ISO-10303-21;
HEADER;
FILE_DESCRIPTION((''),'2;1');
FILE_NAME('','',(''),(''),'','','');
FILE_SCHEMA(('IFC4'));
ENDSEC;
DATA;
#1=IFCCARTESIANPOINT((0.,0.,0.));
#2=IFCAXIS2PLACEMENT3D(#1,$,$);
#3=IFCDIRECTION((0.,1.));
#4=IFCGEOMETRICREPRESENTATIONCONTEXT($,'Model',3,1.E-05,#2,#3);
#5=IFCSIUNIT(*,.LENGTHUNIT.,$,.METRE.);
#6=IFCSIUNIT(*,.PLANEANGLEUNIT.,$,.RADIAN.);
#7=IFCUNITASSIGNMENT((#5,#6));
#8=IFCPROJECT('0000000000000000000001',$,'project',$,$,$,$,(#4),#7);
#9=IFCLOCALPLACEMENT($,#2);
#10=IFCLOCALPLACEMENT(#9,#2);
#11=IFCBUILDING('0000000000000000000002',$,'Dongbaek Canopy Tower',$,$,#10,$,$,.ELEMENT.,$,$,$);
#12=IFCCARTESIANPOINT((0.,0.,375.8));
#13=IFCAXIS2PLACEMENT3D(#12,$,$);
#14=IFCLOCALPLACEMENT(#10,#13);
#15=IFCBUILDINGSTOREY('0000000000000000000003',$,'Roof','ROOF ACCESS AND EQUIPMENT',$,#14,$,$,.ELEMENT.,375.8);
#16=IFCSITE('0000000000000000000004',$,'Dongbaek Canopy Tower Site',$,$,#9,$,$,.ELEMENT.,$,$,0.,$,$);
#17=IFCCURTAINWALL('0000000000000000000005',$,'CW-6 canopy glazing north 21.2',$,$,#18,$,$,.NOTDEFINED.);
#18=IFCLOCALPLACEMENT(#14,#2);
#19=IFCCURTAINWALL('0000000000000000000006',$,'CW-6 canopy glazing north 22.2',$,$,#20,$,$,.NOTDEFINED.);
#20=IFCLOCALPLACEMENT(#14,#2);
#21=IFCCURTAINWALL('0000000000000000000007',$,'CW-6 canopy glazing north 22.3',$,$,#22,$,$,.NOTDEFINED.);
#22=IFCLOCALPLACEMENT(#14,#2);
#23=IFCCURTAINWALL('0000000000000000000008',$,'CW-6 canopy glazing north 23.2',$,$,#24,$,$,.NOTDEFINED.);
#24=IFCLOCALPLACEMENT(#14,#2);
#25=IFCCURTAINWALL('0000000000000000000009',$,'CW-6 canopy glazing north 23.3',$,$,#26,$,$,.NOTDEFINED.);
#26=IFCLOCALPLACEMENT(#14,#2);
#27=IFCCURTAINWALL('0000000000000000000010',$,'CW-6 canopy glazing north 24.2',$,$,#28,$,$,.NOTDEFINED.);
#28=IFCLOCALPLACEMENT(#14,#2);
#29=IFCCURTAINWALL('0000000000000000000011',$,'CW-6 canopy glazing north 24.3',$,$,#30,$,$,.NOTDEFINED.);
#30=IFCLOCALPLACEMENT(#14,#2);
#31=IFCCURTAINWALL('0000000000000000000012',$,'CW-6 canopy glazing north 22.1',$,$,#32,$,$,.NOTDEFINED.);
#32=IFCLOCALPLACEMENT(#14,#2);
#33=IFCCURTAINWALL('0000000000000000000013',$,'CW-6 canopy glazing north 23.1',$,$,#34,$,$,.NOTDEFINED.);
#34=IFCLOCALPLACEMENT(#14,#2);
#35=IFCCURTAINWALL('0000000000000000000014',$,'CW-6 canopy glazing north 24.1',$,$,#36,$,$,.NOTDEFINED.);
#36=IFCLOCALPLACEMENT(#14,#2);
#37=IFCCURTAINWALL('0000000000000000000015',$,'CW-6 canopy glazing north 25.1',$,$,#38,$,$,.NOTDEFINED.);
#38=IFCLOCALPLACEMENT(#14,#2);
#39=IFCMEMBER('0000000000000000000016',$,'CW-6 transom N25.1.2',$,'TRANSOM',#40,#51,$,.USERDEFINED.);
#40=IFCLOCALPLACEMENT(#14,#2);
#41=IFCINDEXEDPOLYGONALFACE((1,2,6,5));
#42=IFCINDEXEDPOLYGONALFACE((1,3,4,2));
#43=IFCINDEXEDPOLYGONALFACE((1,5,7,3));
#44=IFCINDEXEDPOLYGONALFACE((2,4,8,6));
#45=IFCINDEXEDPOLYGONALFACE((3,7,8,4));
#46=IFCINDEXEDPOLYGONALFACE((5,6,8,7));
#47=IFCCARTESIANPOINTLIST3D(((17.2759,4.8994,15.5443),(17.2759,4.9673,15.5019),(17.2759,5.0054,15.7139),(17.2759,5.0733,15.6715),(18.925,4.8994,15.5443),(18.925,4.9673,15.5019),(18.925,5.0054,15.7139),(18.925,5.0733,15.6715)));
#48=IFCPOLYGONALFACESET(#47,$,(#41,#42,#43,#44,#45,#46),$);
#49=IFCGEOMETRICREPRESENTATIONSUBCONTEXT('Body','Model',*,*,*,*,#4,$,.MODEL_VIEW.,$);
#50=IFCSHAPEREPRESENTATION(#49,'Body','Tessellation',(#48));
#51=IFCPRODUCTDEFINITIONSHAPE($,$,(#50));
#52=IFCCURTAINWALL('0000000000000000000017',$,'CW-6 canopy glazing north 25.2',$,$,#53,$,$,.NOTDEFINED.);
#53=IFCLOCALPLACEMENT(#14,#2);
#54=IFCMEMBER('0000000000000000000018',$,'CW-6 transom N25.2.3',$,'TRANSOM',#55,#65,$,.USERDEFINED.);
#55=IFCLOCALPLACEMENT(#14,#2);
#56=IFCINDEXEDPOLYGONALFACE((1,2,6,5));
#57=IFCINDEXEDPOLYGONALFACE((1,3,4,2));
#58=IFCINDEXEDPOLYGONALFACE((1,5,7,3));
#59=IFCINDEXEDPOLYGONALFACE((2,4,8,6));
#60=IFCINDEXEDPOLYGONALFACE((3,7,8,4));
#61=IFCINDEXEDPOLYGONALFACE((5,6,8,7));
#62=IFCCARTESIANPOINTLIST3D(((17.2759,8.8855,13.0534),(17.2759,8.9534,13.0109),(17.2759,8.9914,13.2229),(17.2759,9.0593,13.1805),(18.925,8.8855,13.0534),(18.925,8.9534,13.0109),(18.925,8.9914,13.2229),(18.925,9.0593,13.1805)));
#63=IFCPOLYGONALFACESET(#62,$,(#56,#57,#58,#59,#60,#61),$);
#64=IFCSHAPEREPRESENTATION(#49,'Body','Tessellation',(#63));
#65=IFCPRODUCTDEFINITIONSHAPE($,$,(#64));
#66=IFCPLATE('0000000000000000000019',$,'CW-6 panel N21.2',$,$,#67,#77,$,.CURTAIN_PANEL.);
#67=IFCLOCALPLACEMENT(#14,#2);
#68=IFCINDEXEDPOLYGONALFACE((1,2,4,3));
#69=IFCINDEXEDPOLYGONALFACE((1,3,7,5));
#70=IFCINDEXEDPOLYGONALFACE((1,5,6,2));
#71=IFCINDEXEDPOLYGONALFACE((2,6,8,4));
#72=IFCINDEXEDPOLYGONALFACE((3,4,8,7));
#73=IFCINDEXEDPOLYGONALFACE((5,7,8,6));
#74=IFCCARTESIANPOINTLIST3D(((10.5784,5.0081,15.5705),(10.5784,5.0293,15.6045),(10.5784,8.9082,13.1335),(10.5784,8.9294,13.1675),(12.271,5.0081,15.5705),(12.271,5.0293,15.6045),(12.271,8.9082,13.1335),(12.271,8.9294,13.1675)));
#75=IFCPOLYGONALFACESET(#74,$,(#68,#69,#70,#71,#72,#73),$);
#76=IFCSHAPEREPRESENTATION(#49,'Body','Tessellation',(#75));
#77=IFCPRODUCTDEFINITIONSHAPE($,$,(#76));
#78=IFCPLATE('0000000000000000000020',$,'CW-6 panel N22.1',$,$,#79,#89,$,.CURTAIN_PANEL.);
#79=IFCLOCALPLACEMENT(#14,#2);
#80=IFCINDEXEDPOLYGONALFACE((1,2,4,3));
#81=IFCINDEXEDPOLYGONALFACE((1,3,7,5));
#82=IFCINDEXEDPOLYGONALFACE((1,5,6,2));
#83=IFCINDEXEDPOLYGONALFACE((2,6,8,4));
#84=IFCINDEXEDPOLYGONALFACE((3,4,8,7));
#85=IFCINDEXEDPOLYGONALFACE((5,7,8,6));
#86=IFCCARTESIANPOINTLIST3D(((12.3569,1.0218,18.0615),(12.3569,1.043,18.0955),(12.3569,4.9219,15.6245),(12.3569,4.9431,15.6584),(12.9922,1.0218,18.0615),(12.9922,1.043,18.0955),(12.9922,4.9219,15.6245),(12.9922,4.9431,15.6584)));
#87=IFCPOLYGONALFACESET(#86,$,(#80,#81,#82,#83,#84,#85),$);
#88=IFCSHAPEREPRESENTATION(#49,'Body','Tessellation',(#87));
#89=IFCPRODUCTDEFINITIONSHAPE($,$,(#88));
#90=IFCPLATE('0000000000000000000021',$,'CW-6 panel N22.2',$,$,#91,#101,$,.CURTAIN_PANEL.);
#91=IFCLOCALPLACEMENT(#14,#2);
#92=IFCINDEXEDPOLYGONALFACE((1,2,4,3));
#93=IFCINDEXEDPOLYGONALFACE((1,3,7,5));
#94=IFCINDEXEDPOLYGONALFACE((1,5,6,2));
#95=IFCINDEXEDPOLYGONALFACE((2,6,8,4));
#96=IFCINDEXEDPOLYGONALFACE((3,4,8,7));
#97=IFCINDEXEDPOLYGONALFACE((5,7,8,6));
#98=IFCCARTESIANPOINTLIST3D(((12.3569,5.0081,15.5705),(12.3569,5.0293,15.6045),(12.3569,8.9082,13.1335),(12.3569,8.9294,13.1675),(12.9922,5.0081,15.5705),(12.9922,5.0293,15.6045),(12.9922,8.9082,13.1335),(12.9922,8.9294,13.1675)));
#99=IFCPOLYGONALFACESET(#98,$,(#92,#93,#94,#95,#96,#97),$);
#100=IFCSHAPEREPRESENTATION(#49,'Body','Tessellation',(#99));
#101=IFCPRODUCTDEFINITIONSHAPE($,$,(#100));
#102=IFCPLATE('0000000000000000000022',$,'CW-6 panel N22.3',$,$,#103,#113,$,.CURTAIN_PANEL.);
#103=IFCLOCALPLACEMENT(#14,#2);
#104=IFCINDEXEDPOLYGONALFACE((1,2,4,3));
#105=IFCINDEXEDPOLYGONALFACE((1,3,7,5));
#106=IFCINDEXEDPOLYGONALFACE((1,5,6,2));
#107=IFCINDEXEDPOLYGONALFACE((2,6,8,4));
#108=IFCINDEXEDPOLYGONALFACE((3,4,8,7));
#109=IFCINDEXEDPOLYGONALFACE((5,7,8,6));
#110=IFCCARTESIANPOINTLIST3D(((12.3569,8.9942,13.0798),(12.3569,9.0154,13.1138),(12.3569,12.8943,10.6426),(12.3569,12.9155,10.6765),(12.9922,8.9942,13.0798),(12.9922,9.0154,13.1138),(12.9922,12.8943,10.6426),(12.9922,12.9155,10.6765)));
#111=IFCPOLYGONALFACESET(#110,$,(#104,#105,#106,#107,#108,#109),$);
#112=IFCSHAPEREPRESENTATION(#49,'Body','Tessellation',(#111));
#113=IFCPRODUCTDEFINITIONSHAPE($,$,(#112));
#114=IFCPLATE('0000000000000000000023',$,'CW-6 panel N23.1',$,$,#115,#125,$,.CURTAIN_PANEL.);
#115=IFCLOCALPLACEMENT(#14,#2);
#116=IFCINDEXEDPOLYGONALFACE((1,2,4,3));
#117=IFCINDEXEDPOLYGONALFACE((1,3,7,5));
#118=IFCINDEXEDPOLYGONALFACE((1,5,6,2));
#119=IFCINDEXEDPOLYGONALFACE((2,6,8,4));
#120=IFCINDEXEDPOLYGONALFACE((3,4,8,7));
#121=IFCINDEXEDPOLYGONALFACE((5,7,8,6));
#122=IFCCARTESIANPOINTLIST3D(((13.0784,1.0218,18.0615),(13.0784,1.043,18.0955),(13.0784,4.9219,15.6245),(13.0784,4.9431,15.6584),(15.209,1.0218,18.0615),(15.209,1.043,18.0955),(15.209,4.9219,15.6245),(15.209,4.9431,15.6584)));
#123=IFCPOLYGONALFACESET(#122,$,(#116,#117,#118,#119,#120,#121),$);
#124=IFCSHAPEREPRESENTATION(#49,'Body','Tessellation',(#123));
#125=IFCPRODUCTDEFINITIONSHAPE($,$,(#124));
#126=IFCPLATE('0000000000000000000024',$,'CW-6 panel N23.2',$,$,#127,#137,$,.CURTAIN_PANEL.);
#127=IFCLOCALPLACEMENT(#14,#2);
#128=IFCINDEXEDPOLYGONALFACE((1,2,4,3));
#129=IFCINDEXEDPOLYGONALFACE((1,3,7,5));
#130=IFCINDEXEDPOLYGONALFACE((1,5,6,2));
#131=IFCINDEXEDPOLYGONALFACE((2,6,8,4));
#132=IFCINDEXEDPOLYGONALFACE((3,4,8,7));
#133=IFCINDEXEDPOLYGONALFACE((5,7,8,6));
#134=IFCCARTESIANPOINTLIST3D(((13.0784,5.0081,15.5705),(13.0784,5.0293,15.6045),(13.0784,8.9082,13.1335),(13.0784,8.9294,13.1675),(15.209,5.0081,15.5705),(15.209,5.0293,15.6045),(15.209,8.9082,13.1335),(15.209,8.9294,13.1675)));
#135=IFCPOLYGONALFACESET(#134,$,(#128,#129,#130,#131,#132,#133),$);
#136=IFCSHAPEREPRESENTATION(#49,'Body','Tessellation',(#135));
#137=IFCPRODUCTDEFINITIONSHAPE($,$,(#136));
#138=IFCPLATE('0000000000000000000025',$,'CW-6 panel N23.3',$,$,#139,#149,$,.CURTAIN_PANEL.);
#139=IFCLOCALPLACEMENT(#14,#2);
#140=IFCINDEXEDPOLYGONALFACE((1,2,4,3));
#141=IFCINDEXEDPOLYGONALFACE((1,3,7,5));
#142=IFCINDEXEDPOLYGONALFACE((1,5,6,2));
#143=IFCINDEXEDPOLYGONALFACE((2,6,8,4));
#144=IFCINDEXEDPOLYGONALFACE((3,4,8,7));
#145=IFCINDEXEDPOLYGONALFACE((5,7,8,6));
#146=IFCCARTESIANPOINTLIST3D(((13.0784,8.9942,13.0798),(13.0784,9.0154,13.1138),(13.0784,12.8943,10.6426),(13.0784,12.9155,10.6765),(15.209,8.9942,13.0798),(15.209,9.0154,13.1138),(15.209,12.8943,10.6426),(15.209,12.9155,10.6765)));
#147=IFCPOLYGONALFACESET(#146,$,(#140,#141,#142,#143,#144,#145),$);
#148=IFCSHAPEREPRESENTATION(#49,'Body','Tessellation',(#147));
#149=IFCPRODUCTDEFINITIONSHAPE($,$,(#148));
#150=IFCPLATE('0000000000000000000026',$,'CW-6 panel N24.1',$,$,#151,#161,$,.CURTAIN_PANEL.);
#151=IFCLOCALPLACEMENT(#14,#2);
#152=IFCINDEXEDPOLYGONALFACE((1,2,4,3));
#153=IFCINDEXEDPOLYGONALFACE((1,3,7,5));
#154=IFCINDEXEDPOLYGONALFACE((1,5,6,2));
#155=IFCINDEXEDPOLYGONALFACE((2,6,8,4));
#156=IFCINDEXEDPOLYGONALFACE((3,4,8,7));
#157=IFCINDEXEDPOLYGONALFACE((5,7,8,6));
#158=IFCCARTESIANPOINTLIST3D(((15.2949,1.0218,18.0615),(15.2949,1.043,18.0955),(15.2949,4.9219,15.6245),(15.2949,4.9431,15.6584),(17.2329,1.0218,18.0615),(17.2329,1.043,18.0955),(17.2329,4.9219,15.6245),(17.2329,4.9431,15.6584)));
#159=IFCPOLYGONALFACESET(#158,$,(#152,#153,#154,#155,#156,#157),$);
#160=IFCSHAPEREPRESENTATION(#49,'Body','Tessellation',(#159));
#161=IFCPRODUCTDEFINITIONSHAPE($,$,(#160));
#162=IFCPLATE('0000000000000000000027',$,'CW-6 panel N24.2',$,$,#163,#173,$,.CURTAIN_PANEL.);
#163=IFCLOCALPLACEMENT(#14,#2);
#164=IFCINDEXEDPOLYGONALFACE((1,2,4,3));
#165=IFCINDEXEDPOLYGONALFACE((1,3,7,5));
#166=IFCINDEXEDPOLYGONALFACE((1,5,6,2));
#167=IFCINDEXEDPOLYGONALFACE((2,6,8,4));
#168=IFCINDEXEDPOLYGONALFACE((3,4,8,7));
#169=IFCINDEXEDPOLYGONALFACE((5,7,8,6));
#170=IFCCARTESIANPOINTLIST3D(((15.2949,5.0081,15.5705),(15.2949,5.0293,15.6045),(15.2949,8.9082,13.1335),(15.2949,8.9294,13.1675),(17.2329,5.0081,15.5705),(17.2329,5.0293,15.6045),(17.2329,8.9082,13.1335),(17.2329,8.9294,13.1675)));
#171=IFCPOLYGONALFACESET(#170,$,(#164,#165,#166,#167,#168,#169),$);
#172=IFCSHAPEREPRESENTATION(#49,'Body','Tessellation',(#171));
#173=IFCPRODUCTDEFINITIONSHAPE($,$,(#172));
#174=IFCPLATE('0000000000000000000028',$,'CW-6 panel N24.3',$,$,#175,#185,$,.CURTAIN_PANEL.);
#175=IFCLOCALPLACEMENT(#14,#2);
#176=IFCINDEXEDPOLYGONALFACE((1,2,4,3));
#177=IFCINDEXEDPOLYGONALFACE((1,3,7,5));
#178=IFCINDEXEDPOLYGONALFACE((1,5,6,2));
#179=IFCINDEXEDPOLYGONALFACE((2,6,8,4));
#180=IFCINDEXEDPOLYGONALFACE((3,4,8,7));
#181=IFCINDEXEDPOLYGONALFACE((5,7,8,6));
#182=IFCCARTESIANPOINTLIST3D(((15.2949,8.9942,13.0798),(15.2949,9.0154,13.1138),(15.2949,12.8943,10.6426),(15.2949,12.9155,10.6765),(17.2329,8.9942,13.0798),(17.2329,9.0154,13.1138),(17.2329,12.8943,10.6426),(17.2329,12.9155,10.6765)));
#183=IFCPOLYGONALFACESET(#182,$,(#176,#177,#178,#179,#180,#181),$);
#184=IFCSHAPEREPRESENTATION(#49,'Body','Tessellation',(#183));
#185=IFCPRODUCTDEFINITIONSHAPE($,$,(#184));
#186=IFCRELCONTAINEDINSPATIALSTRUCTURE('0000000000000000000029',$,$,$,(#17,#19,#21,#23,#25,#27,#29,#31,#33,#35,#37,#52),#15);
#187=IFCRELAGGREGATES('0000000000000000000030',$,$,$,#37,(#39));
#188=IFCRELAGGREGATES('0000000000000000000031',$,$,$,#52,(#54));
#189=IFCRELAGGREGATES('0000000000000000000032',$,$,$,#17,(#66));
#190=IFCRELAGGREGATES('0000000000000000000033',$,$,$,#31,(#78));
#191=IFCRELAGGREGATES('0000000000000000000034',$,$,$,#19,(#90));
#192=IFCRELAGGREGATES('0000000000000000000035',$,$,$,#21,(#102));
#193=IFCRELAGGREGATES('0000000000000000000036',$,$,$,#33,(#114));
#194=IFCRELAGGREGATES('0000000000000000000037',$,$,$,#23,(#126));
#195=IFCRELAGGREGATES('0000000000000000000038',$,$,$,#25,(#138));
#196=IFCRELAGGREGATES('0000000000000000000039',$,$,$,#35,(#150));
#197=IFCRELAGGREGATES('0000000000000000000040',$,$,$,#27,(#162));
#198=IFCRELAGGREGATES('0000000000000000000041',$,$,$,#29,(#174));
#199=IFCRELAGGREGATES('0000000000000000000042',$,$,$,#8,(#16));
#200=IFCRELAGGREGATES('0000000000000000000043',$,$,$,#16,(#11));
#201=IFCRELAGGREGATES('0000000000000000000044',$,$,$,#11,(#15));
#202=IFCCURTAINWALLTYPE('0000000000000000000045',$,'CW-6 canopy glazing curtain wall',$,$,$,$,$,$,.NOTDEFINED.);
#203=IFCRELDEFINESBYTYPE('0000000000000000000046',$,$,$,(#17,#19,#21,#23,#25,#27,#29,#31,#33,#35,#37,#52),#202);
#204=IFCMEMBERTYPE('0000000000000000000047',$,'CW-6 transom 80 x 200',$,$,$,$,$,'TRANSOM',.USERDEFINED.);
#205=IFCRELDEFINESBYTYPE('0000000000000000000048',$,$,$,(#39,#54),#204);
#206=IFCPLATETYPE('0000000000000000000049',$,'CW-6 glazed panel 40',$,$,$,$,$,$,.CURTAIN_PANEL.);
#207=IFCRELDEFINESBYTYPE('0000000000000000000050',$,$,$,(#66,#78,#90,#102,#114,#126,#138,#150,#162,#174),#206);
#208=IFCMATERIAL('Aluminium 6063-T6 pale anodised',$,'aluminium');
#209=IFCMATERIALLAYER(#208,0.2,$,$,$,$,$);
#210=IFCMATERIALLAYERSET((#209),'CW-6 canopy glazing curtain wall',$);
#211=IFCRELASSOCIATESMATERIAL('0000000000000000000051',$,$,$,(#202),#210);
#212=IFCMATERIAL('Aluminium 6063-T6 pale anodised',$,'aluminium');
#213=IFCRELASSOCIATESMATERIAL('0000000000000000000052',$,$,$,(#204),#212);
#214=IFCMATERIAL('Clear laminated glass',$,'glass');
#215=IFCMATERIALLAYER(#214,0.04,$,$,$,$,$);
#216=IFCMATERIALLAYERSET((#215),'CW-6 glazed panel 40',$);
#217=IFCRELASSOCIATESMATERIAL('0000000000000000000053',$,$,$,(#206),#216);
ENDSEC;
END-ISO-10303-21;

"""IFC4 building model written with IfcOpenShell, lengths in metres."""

from ifc_helpers import new_model, si_unit, direction, frame, origin, origin_2d, place, context, subcontext, project, spatial, polyline, rectangle, outline, extrude, material, layer, layer_set, material_profile, profile_set, type_object, element, aggregate, save


model = new_model("IFC4")

# Units and contexts
model_context = context("Model", 3, precision=1e-05, world=origin(), true_north=direction((0.0, 1.0)))
body_context = subcontext(model_context, "Body", "Model", "MODEL_VIEW")
ifc_project = project(units=[si_unit("LENGTHUNIT", "METRE"), si_unit("PLANEANGLEUNIT", "RADIAN")], contexts=[model_context])

# Site, building, storey
site_placement = place(None, origin())
site = spatial("IfcSite", under=ifc_project, at=site_placement, Name="Dongbaek Canopy Tower Site", CompositionType="ELEMENT", RefElevation=0.0)
building_placement = place(site_placement, origin())
building = spatial("IfcBuilding", under=site, at=building_placement, Name="Dongbaek Canopy Tower", CompositionType="ELEMENT")
storey_placement = place(building_placement, frame((0.0, 0.0, 375.8)))
storey = spatial("IfcBuildingStorey", under=building, at=storey_placement, Name="Roof", Description="ROOF ACCESS AND EQUIPMENT", CompositionType="ELEMENT", Elevation=375.8)

# Curtain walls
ifc_material_1 = material(Name="Aluminium 6063-T6 pale anodised", Category="aluminium")
ifc_layer_1 = layer(ifc_material_1, 0.2)
ifc_layer_set_1 = layer_set([ifc_layer_1], Name="CW-6 canopy glazing curtain wall")
curtain_wall_type = type_object("IfcCurtainWallType", Name="CW-6 canopy glazing curtain wall", PredefinedType="NOTDEFINED", material=ifc_layer_set_1)
curtain_wall_1_placement = place(storey_placement, origin())
curtain_wall_1 = element("IfcCurtainWall", 1, at=curtain_wall_1_placement, inside=storey, type_object=curtain_wall_type, Name="CW-6 canopy glazing north 21.2", PredefinedType="NOTDEFINED")
curtain_wall_2_placement = place(storey_placement, origin())
curtain_wall_2 = element("IfcCurtainWall", 2, at=curtain_wall_2_placement, inside=storey, type_object=curtain_wall_type, Name="CW-6 canopy glazing north 22.2", PredefinedType="NOTDEFINED")
curtain_wall_3_placement = place(storey_placement, origin())
curtain_wall_3 = element("IfcCurtainWall", 3, at=curtain_wall_3_placement, inside=storey, type_object=curtain_wall_type, Name="CW-6 canopy glazing north 22.3", PredefinedType="NOTDEFINED")
curtain_wall_4_placement = place(storey_placement, origin())
curtain_wall_4 = element("IfcCurtainWall", 4, at=curtain_wall_4_placement, inside=storey, type_object=curtain_wall_type, Name="CW-6 canopy glazing north 23.2", PredefinedType="NOTDEFINED")
curtain_wall_5_placement = place(storey_placement, origin())
curtain_wall_5 = element("IfcCurtainWall", 5, at=curtain_wall_5_placement, inside=storey, type_object=curtain_wall_type, Name="CW-6 canopy glazing north 23.3", PredefinedType="NOTDEFINED")
curtain_wall_6_placement = place(storey_placement, origin())
curtain_wall_6 = element("IfcCurtainWall", 6, at=curtain_wall_6_placement, inside=storey, type_object=curtain_wall_type, Name="CW-6 canopy glazing north 24.2", PredefinedType="NOTDEFINED")
curtain_wall_7_placement = place(storey_placement, origin())
curtain_wall_7 = element("IfcCurtainWall", 7, at=curtain_wall_7_placement, inside=storey, type_object=curtain_wall_type, Name="CW-6 canopy glazing north 24.3", PredefinedType="NOTDEFINED")
curtain_wall_8_placement = place(storey_placement, origin())
curtain_wall_8 = element("IfcCurtainWall", 8, at=curtain_wall_8_placement, inside=storey, type_object=curtain_wall_type, Name="CW-6 canopy glazing north 22.1", PredefinedType="NOTDEFINED")
ifc_material_2 = material(Name="Aluminium 6063-T6 pale anodised", Category="aluminium")
ifc_material_profile_1 = material_profile(ifc_material_2, rectangle(XDim=0.0801, YDim=0.2, at=origin_2d()), Name="CW-6 transom 80 x 200")
ifc_profile_set_1 = profile_set([ifc_material_profile_1], Name="Aluminium 6063-T6 pale anodised")
member_type_1 = type_object("IfcMemberType", Name="CW-6 transom 80 x 200", ElementType="TRANSOM", PredefinedType="USERDEFINED", material=ifc_profile_set_1)

# Curtain wall
curtain_wall_9_placement = place(storey_placement, origin())
curtain_wall_9 = element("IfcCurtainWall", 9, at=curtain_wall_9_placement, inside=storey, type_object=curtain_wall_type, Name="CW-6 canopy glazing north 23.1", PredefinedType="NOTDEFINED")

# Curtain wall
curtain_wall_10_placement = place(storey_placement, origin())
curtain_wall_10 = element("IfcCurtainWall", 10, at=curtain_wall_10_placement, inside=storey, type_object=curtain_wall_type, Name="CW-6 canopy glazing north 24.1", PredefinedType="NOTDEFINED")

# Curtain walls, members
curtain_wall_11_placement = place(storey_placement, origin())
curtain_wall_11 = element("IfcCurtainWall", 11, at=curtain_wall_11_placement, inside=storey, type_object=curtain_wall_type, Name="CW-6 canopy glazing north 25.1", PredefinedType="NOTDEFINED")
member_1_placement = place(storey_placement, frame((17.2759, 4.9863, 15.6079), z_axis=(1.0, 0.0, 0.0), x_axis=(0.0, 0.848048, -0.529919)))
member_1 = element("IfcMember", 12, at=member_1_placement, type_object=member_type_1, Name="CW-6 transom N25.1.2", ObjectType="TRANSOM", PredefinedType="USERDEFINED", context=body_context, shape_type="SweptSolid", body=[
    extrude(rectangle(XDim=0.0801, YDim=0.2, at=origin_2d()), origin(), (0.0, 0.0, 1.0), 1.6492),
])
aggregate(curtain_wall_11, [member_1])
curtain_wall_12_placement = place(storey_placement, origin())
curtain_wall_12 = element("IfcCurtainWall", 13, at=curtain_wall_12_placement, inside=storey, type_object=curtain_wall_type, Name="CW-6 canopy glazing north 25.2", PredefinedType="NOTDEFINED")
member_2_placement = place(storey_placement, frame((17.2759, 8.9724, 13.1169), z_axis=(1.0, 0.0, 0.0), x_axis=(0.0, 0.848048, -0.529919)))
member_2 = element("IfcMember", 14, at=member_2_placement, type_object=member_type_1, Name="CW-6 transom N25.2.3", ObjectType="TRANSOM", PredefinedType="USERDEFINED", context=body_context, shape_type="SweptSolid", body=[
    extrude(rectangle(XDim=0.0801, YDim=0.2, at=origin_2d()), origin(), (0.0, 0.0, 1.0), 1.6492),
])
aggregate(curtain_wall_12, [member_2])

# Plates
ifc_material_3 = material(Name="Clear laminated glass", Category="glass")
ifc_layer_2 = layer(ifc_material_3, 0.04)
ifc_layer_set_2 = layer_set([ifc_layer_2], Name="CW-6 glazed panel 40")
plate_type = type_object("IfcPlateType", Name="CW-6 glazed panel 40", PredefinedType="CURTAIN_PANEL", material=ifc_layer_set_2)
plate_1_placement = place(storey_placement, frame((12.271, 5.0293, 15.6045), z_axis=(0.0, 0.529908, 0.848055), x_axis=(-1.0, 0.0, 0.0)))
plate_1 = element("IfcPlate", 15, at=plate_1_placement, type_object=plate_type, Name="CW-6 panel N21.2", PredefinedType="CURTAIN_PANEL", context=body_context, shape_type="SweptSolid", body=[
    extrude(outline(polyline([(0.0, 0.0), (1.6926, 0.0), (1.6926, -4.5989), (0.0, -4.5989), (0.0, 0.0)])), origin(), (0.0, 0.0, -1.0), 0.04),
])
aggregate(curtain_wall_1, [plate_1])
plate_2_placement = place(storey_placement, frame((12.9922, 1.043, 18.0955), z_axis=(0.0, 0.529908, 0.848055), x_axis=(-1.0, 0.0, 0.0)))
plate_2 = element("IfcPlate", 16, at=plate_2_placement, type_object=plate_type, Name="CW-6 panel N22.1", PredefinedType="CURTAIN_PANEL", context=body_context, shape_type="SweptSolid", body=[
    extrude(outline(polyline([(0.0, 0.0), (0.6353, 0.0), (0.6353, -4.5989), (0.0, -4.5989), (0.0, 0.0)])), origin(), (0.0, 0.0, -1.0), 0.04),
])
aggregate(curtain_wall_8, [plate_2])
plate_3_placement = place(storey_placement, frame((12.9922, 5.0293, 15.6045), z_axis=(0.0, 0.529908, 0.848055), x_axis=(-1.0, 0.0, 0.0)))
plate_3 = element("IfcPlate", 17, at=plate_3_placement, type_object=plate_type, Name="CW-6 panel N22.2", PredefinedType="CURTAIN_PANEL", context=body_context, shape_type="SweptSolid", body=[
    extrude(outline(polyline([(0.0, 0.0), (0.6353, 0.0), (0.6353, -4.5989), (0.0, -4.5989), (0.0, 0.0)])), origin(), (0.0, 0.0, -1.0), 0.04),
])
aggregate(curtain_wall_2, [plate_3])
plate_4_placement = place(storey_placement, frame((12.9922, 9.0154, 13.1138), z_axis=(0.0, 0.529946, 0.848031), x_axis=(-1.0, 0.0, 0.0)))
plate_4 = element("IfcPlate", 18, at=plate_4_placement, type_object=plate_type, Name="CW-6 panel N22.3", PredefinedType="CURTAIN_PANEL", context=body_context, shape_type="SweptSolid", body=[
    extrude(outline(polyline([(0.0, 0.0), (0.6353, 0.0), (0.6353, -4.5991), (0.0, -4.5991), (0.0, 0.0)])), origin(), (0.0, 0.0, -1.0), 0.04),
])
aggregate(curtain_wall_3, [plate_4])
plate_5_placement = place(storey_placement, frame((15.209, 1.043, 18.0955), z_axis=(0.0, 0.529908, 0.848055), x_axis=(-1.0, 0.0, 0.0)))
plate_5 = element("IfcPlate", 19, at=plate_5_placement, type_object=plate_type, Name="CW-6 panel N23.1", PredefinedType="CURTAIN_PANEL", context=body_context, shape_type="SweptSolid", body=[
    extrude(outline(polyline([(0.0, 0.0), (2.1306, 0.0), (2.1306, -4.5989), (0.0, -4.5989), (0.0, 0.0)])), origin(), (0.0, 0.0, -1.0), 0.04),
])
aggregate(curtain_wall_9, [plate_5])
plate_6_placement = place(storey_placement, frame((15.209, 5.0293, 15.6045), z_axis=(0.0, 0.529908, 0.848055), x_axis=(-1.0, 0.0, 0.0)))
plate_6 = element("IfcPlate", 20, at=plate_6_placement, type_object=plate_type, Name="CW-6 panel N23.2", PredefinedType="CURTAIN_PANEL", context=body_context, shape_type="SweptSolid", body=[
    extrude(outline(polyline([(0.0, 0.0), (2.1306, 0.0), (2.1306, -4.5989), (0.0, -4.5989), (0.0, 0.0)])), origin(), (0.0, 0.0, -1.0), 0.04),
])
aggregate(curtain_wall_4, [plate_6])
plate_7_placement = place(storey_placement, frame((15.209, 9.0154, 13.1138), z_axis=(0.0, 0.529946, 0.848031), x_axis=(-1.0, 0.0, 0.0)))
plate_7 = element("IfcPlate", 21, at=plate_7_placement, type_object=plate_type, Name="CW-6 panel N23.3", PredefinedType="CURTAIN_PANEL", context=body_context, shape_type="SweptSolid", body=[
    extrude(outline(polyline([(0.0, 0.0), (2.1306, 0.0), (2.1306, -4.5991), (0.0, -4.5991), (0.0, 0.0)])), origin(), (0.0, 0.0, -1.0), 0.04),
])
aggregate(curtain_wall_5, [plate_7])
plate_8_placement = place(storey_placement, frame((17.2329, 1.043, 18.0955), z_axis=(0.0, 0.529908, 0.848055), x_axis=(-1.0, 0.0, 0.0)))
plate_8 = element("IfcPlate", 22, at=plate_8_placement, type_object=plate_type, Name="CW-6 panel N24.1", PredefinedType="CURTAIN_PANEL", context=body_context, shape_type="SweptSolid", body=[
    extrude(outline(polyline([(0.0, 0.0), (1.938, 0.0), (1.938, -4.5989), (0.0, -4.5989), (0.0, 0.0)])), origin(), (0.0, 0.0, -1.0), 0.04),
])
aggregate(curtain_wall_10, [plate_8])
plate_9_placement = place(storey_placement, frame((17.2329, 5.0293, 15.6045), z_axis=(0.0, 0.529908, 0.848055), x_axis=(-1.0, 0.0, 0.0)))
plate_9 = element("IfcPlate", 23, at=plate_9_placement, type_object=plate_type, Name="CW-6 panel N24.2", PredefinedType="CURTAIN_PANEL", context=body_context, shape_type="SweptSolid", body=[
    extrude(outline(polyline([(0.0, 0.0), (1.938, 0.0), (1.938, -4.5989), (0.0, -4.5989), (0.0, 0.0)])), origin(), (0.0, 0.0, -1.0), 0.04),
])
aggregate(curtain_wall_6, [plate_9])
plate_10_placement = place(storey_placement, frame((17.2329, 9.0154, 13.1138), z_axis=(0.0, 0.529946, 0.848031), x_axis=(-1.0, 0.0, 0.0)))
plate_10 = element("IfcPlate", 24, at=plate_10_placement, type_object=plate_type, Name="CW-6 panel N24.3", PredefinedType="CURTAIN_PANEL", context=body_context, shape_type="SweptSolid", body=[
    extrude(outline(polyline([(0.0, 0.0), (1.938, 0.0), (1.938, -4.5991), (0.0, -4.5991), (0.0, 0.0)])), origin(), (0.0, 0.0, -1.0), 0.04),
])
aggregate(curtain_wall_7, [plate_10])

save(model, "model.ifc")
